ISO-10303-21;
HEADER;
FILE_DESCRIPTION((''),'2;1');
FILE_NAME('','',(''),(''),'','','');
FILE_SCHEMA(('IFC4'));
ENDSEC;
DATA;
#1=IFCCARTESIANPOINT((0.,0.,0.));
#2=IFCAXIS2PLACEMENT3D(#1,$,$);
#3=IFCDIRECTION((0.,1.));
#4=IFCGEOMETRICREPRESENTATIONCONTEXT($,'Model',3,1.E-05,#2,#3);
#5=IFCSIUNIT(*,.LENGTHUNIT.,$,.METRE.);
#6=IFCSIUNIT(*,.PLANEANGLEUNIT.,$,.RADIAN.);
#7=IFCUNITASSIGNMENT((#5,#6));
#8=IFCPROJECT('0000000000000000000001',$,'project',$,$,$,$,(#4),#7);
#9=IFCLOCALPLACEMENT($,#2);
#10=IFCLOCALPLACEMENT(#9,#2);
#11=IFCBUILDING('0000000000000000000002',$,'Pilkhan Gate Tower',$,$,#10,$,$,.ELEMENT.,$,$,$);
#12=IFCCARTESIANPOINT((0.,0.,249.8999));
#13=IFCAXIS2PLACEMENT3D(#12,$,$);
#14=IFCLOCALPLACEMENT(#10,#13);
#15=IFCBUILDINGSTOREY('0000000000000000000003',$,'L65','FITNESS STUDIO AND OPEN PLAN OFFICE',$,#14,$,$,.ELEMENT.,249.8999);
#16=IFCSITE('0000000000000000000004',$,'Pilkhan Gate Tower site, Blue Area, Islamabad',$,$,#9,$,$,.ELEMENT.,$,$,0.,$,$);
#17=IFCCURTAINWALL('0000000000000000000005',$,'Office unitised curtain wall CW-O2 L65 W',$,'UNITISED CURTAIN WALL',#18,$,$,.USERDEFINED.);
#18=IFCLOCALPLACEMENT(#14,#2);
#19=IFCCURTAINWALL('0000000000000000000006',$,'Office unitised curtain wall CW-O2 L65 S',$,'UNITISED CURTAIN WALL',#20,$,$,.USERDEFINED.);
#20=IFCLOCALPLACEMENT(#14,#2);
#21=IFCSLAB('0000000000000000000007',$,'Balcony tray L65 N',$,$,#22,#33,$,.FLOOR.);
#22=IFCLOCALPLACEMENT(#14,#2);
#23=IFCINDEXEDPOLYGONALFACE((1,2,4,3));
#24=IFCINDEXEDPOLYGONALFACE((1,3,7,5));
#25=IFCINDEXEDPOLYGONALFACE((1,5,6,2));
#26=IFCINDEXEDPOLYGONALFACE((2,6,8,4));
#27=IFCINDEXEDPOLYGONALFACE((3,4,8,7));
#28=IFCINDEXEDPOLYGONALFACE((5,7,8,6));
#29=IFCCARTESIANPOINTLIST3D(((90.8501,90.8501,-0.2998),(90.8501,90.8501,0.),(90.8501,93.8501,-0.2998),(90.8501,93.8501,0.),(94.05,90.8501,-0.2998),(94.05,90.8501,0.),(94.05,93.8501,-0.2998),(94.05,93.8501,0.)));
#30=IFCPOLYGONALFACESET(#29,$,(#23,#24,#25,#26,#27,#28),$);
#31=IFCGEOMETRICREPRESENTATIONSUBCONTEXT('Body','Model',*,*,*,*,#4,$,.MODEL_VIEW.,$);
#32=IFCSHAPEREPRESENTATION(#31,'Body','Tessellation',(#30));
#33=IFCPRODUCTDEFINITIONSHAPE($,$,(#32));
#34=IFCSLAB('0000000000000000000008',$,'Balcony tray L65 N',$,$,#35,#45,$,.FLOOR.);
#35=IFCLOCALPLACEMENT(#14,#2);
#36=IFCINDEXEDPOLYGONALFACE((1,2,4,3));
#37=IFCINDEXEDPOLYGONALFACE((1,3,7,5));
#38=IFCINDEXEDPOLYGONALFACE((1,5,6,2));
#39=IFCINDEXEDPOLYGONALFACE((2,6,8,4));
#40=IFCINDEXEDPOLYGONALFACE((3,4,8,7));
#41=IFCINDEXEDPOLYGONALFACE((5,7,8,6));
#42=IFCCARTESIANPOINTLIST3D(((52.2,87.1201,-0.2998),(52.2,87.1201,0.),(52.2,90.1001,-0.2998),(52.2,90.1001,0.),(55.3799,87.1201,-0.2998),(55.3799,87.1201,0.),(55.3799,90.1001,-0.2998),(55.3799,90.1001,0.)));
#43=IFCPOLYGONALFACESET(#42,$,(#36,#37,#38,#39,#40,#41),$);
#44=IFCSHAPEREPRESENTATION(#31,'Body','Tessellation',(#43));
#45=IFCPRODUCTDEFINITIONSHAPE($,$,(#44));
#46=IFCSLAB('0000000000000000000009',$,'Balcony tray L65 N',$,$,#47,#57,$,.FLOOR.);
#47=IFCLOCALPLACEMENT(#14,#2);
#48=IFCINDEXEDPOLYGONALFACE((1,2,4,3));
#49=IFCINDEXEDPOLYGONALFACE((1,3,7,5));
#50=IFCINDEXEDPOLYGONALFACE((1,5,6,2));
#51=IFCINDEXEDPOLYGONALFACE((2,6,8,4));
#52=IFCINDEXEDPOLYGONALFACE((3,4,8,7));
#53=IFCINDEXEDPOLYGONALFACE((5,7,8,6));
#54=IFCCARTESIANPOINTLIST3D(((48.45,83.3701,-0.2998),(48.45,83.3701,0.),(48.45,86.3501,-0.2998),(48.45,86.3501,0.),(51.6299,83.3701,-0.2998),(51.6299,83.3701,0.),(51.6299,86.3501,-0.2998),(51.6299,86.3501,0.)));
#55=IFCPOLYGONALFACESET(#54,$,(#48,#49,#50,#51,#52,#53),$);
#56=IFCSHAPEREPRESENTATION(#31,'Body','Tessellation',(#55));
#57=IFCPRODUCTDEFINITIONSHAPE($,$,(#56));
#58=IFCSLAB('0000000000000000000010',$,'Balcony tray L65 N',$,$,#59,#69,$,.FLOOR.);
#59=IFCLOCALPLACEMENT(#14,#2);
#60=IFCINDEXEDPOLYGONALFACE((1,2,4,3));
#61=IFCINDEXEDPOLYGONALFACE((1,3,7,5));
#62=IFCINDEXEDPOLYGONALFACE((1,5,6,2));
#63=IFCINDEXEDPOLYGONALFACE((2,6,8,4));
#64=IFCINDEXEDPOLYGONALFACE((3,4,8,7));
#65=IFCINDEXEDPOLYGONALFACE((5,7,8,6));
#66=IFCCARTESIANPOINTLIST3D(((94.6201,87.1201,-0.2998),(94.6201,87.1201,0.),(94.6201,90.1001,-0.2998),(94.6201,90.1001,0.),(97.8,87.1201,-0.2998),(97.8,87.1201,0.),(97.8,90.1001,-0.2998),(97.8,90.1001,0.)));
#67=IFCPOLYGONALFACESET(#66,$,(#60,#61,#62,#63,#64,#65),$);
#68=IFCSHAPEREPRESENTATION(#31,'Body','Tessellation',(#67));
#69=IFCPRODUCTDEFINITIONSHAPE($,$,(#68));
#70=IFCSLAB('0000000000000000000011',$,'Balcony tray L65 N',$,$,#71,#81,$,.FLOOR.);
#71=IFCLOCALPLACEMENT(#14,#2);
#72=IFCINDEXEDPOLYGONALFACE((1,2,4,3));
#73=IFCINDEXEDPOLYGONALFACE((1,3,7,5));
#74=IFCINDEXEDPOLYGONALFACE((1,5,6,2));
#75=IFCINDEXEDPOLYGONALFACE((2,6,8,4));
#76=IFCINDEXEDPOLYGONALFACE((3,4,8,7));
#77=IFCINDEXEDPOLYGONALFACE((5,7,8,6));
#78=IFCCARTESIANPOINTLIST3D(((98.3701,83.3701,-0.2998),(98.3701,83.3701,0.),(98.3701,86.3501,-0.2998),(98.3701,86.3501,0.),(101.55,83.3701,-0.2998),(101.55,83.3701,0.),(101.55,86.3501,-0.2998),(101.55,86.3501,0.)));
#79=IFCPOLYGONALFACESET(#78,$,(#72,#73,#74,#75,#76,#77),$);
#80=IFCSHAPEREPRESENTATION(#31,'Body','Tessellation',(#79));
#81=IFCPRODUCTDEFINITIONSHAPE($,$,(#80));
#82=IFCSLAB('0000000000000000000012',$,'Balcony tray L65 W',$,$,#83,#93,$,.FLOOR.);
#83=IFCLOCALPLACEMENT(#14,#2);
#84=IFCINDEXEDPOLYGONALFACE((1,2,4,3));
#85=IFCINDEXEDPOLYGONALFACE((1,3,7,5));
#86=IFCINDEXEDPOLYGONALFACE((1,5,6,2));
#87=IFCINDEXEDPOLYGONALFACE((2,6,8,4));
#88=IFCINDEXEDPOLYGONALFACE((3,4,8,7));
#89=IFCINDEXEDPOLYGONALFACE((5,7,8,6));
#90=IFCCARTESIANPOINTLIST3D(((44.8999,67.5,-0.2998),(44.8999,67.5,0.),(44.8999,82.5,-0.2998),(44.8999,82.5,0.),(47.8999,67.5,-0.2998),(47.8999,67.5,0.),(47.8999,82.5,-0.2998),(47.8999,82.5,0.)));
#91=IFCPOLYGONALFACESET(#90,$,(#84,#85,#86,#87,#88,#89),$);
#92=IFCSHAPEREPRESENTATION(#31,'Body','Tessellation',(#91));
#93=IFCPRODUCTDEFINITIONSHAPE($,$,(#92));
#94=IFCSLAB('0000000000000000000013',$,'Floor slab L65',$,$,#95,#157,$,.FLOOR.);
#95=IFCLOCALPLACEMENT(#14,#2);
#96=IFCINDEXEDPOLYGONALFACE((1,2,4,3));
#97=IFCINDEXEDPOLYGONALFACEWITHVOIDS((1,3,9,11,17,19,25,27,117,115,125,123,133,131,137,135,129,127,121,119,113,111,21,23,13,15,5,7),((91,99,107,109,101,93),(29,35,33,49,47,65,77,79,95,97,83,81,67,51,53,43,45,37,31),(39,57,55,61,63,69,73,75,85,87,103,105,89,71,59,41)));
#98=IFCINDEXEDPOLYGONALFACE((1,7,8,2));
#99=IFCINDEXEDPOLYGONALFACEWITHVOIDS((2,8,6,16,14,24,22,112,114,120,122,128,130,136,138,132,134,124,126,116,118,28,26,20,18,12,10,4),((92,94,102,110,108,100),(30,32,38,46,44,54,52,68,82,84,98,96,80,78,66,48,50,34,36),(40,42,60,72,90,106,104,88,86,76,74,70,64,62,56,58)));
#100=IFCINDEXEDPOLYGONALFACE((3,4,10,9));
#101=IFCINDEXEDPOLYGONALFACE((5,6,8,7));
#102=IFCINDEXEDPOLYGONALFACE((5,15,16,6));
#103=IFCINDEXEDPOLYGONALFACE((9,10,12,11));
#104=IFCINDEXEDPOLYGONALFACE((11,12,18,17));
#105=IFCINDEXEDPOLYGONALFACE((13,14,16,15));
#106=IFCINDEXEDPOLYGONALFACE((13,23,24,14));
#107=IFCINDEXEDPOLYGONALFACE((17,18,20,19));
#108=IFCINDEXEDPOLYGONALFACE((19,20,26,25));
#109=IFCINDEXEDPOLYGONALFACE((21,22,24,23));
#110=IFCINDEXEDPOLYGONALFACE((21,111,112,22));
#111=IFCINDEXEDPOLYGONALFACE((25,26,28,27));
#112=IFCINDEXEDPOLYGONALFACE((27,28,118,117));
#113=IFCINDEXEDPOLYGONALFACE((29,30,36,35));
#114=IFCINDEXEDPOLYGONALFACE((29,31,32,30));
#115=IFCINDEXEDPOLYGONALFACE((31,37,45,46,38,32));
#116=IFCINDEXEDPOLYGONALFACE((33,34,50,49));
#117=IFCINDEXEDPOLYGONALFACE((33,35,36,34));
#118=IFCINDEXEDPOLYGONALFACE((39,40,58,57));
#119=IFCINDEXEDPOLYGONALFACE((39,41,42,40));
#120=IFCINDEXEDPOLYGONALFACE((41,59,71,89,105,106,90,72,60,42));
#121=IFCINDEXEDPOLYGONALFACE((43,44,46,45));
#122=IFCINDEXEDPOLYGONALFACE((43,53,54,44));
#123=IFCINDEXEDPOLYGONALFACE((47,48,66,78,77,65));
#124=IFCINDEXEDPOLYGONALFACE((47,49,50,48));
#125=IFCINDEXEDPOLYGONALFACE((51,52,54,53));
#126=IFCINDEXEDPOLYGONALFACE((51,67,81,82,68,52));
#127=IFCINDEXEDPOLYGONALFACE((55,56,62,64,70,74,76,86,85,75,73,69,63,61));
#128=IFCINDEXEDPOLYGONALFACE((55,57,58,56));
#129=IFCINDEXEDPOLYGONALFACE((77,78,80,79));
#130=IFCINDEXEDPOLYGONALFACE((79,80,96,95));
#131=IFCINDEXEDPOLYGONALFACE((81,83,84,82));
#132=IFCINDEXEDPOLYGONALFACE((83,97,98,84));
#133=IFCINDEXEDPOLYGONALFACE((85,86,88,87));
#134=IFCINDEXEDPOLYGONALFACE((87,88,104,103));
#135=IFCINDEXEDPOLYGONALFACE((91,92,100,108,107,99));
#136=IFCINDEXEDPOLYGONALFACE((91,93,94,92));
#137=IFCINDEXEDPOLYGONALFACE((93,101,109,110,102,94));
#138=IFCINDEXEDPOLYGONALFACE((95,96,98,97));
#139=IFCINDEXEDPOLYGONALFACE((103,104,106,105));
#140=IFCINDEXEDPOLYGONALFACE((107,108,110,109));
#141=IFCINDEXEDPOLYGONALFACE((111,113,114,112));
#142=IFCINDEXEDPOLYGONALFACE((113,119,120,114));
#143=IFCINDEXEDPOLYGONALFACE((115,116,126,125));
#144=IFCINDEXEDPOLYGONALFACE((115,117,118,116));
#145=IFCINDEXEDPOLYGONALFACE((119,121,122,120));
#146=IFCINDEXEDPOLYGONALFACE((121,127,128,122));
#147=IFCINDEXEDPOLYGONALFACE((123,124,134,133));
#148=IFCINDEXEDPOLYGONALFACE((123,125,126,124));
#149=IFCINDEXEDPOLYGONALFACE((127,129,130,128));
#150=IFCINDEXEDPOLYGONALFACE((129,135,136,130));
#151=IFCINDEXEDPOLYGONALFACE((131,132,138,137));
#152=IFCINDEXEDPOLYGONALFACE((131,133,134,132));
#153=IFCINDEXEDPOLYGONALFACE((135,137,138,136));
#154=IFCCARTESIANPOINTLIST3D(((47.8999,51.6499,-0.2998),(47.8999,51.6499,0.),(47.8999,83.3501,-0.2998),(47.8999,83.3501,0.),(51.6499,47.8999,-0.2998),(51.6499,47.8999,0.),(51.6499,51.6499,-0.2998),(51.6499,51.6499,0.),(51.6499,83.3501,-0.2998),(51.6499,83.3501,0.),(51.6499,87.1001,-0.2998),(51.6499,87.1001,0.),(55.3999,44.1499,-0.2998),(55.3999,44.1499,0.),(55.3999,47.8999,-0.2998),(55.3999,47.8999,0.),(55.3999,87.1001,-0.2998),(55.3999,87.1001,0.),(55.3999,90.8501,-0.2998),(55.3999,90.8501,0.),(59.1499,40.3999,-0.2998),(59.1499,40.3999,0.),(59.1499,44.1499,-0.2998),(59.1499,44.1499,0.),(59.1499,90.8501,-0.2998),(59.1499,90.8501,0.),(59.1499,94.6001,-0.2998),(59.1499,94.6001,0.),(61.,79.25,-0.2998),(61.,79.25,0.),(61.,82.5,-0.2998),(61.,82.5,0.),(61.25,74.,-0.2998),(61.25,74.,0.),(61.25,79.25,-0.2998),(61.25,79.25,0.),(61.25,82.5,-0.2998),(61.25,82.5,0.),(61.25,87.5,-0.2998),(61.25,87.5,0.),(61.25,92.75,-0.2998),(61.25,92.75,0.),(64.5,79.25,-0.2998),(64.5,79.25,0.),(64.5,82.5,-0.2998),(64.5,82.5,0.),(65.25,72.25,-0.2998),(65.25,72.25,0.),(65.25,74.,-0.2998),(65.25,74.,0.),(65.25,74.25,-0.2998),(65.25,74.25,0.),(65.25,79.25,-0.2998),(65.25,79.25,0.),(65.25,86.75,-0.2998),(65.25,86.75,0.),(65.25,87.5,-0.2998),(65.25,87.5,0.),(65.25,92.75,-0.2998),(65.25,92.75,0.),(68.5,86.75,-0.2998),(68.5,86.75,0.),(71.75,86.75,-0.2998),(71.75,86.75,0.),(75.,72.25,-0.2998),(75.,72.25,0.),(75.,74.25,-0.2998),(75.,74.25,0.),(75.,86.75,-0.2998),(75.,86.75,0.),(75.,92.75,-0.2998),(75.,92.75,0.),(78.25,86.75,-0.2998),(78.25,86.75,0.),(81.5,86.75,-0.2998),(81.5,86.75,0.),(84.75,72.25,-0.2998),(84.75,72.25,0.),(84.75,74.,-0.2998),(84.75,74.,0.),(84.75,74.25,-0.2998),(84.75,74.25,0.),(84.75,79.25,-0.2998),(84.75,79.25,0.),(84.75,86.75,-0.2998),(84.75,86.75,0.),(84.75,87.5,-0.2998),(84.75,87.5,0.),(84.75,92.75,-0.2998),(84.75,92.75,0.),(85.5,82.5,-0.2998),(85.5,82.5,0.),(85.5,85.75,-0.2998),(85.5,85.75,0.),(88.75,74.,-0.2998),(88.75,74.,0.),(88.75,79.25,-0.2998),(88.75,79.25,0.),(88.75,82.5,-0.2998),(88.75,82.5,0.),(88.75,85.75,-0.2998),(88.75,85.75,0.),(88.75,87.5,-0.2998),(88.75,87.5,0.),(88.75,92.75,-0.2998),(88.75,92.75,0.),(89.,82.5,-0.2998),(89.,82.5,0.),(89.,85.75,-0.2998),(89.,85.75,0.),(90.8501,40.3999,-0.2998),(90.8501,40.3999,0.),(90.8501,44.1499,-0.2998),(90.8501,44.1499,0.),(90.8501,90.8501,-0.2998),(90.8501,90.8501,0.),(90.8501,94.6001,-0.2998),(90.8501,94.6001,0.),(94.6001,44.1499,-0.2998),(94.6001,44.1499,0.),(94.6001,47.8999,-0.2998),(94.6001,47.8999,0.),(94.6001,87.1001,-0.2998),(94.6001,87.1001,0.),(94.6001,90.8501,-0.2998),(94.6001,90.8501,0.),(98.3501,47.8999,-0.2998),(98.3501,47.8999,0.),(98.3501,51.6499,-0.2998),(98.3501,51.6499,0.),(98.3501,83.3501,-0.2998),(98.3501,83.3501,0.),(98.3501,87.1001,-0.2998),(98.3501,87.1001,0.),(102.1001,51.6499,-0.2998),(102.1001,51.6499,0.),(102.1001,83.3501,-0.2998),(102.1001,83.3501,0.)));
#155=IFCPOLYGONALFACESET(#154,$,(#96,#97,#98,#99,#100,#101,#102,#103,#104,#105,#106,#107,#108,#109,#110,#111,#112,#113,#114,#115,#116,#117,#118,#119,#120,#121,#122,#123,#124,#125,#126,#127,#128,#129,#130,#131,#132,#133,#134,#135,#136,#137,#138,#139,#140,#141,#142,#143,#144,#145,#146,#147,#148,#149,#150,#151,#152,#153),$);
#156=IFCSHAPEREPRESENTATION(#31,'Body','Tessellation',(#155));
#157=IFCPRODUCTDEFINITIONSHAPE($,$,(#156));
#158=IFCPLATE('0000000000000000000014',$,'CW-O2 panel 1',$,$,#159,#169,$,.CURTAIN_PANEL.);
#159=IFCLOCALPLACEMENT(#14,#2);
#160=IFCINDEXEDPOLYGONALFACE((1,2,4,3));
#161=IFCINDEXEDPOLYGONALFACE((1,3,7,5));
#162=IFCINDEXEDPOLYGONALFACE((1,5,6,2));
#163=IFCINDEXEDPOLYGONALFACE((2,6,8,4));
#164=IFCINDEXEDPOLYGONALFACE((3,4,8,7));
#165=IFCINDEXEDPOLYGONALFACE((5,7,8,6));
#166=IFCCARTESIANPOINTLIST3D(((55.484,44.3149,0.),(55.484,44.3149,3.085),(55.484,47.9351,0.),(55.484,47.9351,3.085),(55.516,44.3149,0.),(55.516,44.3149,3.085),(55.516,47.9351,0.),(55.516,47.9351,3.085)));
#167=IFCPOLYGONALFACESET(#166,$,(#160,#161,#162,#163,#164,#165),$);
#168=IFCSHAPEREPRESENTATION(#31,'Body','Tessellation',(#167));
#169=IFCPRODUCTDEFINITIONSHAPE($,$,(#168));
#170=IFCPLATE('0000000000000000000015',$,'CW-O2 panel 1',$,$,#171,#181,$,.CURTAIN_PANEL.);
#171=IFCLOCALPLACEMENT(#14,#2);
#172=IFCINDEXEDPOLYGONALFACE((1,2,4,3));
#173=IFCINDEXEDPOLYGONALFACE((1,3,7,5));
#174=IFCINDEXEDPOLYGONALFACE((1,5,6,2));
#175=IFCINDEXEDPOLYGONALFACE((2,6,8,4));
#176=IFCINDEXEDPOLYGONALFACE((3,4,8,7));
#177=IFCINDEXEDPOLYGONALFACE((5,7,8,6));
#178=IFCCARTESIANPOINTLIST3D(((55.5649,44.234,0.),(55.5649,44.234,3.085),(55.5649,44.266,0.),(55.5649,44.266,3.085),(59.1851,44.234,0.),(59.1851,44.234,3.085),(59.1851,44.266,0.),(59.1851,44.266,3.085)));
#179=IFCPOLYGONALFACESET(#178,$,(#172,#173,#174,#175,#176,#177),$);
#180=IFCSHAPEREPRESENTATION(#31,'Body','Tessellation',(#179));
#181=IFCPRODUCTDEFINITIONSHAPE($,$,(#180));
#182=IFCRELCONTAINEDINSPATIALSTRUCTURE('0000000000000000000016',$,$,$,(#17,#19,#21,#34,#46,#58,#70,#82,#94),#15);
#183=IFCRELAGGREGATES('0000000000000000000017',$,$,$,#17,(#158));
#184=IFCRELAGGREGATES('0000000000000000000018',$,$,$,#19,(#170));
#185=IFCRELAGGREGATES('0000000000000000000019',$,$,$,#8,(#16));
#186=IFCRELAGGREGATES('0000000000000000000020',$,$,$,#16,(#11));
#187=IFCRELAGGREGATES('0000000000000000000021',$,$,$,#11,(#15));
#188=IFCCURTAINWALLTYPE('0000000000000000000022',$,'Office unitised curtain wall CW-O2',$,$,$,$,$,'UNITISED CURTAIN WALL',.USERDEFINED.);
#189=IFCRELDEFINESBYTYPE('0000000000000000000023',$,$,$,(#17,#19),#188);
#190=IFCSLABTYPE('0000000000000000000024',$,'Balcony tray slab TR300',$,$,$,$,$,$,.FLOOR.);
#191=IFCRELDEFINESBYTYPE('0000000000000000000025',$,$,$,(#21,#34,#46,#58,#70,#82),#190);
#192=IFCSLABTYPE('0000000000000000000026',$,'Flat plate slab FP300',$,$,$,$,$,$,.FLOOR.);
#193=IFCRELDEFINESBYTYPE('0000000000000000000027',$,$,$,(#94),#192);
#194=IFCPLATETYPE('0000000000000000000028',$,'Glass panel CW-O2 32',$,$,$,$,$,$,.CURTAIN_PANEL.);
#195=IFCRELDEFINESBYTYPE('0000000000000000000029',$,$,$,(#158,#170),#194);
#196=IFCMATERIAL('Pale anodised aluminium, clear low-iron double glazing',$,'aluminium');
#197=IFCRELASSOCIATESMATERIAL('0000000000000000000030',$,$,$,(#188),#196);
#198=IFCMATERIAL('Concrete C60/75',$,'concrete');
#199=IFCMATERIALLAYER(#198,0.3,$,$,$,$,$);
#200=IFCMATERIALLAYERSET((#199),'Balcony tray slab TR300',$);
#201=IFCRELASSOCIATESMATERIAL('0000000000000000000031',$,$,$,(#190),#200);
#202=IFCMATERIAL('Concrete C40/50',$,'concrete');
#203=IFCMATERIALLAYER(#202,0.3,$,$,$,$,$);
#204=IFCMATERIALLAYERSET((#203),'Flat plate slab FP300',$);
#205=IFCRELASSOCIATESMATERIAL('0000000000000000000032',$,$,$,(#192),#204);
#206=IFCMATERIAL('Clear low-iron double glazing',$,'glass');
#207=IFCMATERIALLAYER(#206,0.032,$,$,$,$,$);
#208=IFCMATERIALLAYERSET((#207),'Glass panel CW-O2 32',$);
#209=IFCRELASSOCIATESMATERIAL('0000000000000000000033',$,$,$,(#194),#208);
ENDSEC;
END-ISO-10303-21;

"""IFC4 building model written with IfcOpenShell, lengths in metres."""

from ifc_helpers import new_model, si_unit, direction, frame, origin, origin_2d, place, context, subcontext, project, spatial, polyline, rectangle, outline, extrude, material, layer, layer_set, type_object, element, aggregate, save


model = new_model("IFC4")

# Units and contexts
model_context = context("Model", 3, precision=1e-05, world=origin(), true_north=direction((0.0, 1.0)))
body_context = subcontext(model_context, "Body", "Model", "MODEL_VIEW")
ifc_project = project(units=[si_unit("LENGTHUNIT", "METRE"), si_unit("PLANEANGLEUNIT", "RADIAN")], contexts=[model_context])

# Site, building, storey
site_placement = place(None, origin())
site = spatial("IfcSite", under=ifc_project, at=site_placement, Name="Pilkhan Gate Tower site, Blue Area, Islamabad", CompositionType="ELEMENT", RefElevation=0.0)
building_placement = place(site_placement, origin())
building = spatial("IfcBuilding", under=site, at=building_placement, Name="Pilkhan Gate Tower", CompositionType="ELEMENT")
storey_placement = place(building_placement, frame((0.0, 0.0, 249.8999)))
storey = spatial("IfcBuildingStorey", under=building, at=storey_placement, Name="L65", Description="FITNESS STUDIO AND OPEN PLAN OFFICE", CompositionType="ELEMENT", Elevation=249.8999)

# Curtain walls
ifc_material_1 = material(Name="Pale anodised aluminium, clear low-iron double glazing", Category="aluminium")
curtain_wall_type = type_object("IfcCurtainWallType", Name="Office unitised curtain wall CW-O2", ElementType="UNITISED CURTAIN WALL", PredefinedType="USERDEFINED", material=ifc_material_1)
curtain_wall_1_placement = place(storey_placement, origin())
curtain_wall_1 = element("IfcCurtainWall", 1, at=curtain_wall_1_placement, inside=storey, type_object=curtain_wall_type, Name="Office unitised curtain wall CW-O2 L65 W", ObjectType="UNITISED CURTAIN WALL", PredefinedType="USERDEFINED")
curtain_wall_2_placement = place(storey_placement, origin())
curtain_wall_2 = element("IfcCurtainWall", 2, at=curtain_wall_2_placement, inside=storey, type_object=curtain_wall_type, Name="Office unitised curtain wall CW-O2 L65 S", ObjectType="UNITISED CURTAIN WALL", PredefinedType="USERDEFINED")

# Slabs
ifc_material_2 = material(Name="Concrete C60/75", Category="concrete")
ifc_layer_1 = layer(ifc_material_2, 0.3)
ifc_layer_set_1 = layer_set([ifc_layer_1], Name="Balcony tray slab TR300")
slab_type_1 = type_object("IfcSlabType", Name="Balcony tray slab TR300", PredefinedType="FLOOR", material=ifc_layer_set_1)
slab_1_placement = place(storey_placement, frame((0.0, 0.0, -0.2998)))
element("IfcSlab", 3, at=slab_1_placement, inside=storey, type_object=slab_type_1, Name="Balcony tray L65 N", PredefinedType="FLOOR", context=body_context, shape_type="SweptSolid", body=[
    extrude(outline(polyline([(94.05, 90.8501), (94.05, 93.8501), (90.8501, 93.8501), (90.8501, 90.8501), (94.05, 90.8501)])), origin(), (0.0, 0.0, 1.0), 0.2998),
])
slab_2_placement = place(storey_placement, frame((0.0, 0.0, -0.2998)))
element("IfcSlab", 4, at=slab_2_placement, inside=storey, type_object=slab_type_1, Name="Balcony tray L65 N", PredefinedType="FLOOR", context=body_context, shape_type="SweptSolid", body=[
    extrude(outline(polyline([(55.3799, 87.1201), (55.3799, 90.1001), (52.2, 90.1001), (52.2, 87.1201), (55.3799, 87.1201)])), origin(), (0.0, 0.0, 1.0), 0.2998),
])
slab_3_placement = place(storey_placement, frame((0.0, 0.0, -0.2998)))
element("IfcSlab", 5, at=slab_3_placement, inside=storey, type_object=slab_type_1, Name="Balcony tray L65 N", PredefinedType="FLOOR", context=body_context, shape_type="SweptSolid", body=[
    extrude(outline(polyline([(51.6299, 83.3701), (51.6299, 86.3501), (48.45, 86.3501), (48.45, 83.3701), (51.6299, 83.3701)])), origin(), (0.0, 0.0, 1.0), 0.2998),
])
slab_4_placement = place(storey_placement, frame((0.0, 0.0, -0.2998)))
element("IfcSlab", 6, at=slab_4_placement, inside=storey, type_object=slab_type_1, Name="Balcony tray L65 N", PredefinedType="FLOOR", context=body_context, shape_type="SweptSolid", body=[
    extrude(outline(polyline([(97.8, 87.1201), (97.8, 90.1001), (94.6201, 90.1001), (94.6201, 87.1201), (97.8, 87.1201)])), origin(), (0.0, 0.0, 1.0), 0.2998),
])
slab_5_placement = place(storey_placement, frame((0.0, 0.0, -0.2998)))
element("IfcSlab", 7, at=slab_5_placement, inside=storey, type_object=slab_type_1, Name="Balcony tray L65 N", PredefinedType="FLOOR", context=body_context, shape_type="SweptSolid", body=[
    extrude(outline(polyline([(101.55, 83.3701), (101.55, 86.3501), (98.3701, 86.3501), (98.3701, 83.3701), (101.55, 83.3701)])), origin(), (0.0, 0.0, 1.0), 0.2998),
])
slab_6_placement = place(storey_placement, frame((0.0, 0.0, -0.2998)))
element("IfcSlab", 8, at=slab_6_placement, inside=storey, type_object=slab_type_1, Name="Balcony tray L65 W", PredefinedType="FLOOR", context=body_context, shape_type="SweptSolid", body=[
    extrude(outline(polyline([(47.8999, 67.5), (47.8999, 82.5), (44.8999, 82.5), (44.8999, 67.5), (47.8999, 67.5)])), origin(), (0.0, 0.0, 1.0), 0.2998),
])
ifc_material_3 = material(Name="Concrete C40/50", Category="concrete")
ifc_layer_2 = layer(ifc_material_3, 0.3)
ifc_layer_set_2 = layer_set([ifc_layer_2], Name="Flat plate slab FP300")
slab_type_2 = type_object("IfcSlabType", Name="Flat plate slab FP300", PredefinedType="FLOOR", material=ifc_layer_set_2)
slab_7_placement = place(storey_placement, frame((0.0, 0.0, -0.2998)))
element("IfcSlab", 9, at=slab_7_placement, inside=storey, type_object=slab_type_2, Name="Floor slab L65", PredefinedType="FLOOR", context=body_context, shape_type="SweptSolid", body=[
    extrude(outline(polyline([(98.3501, 47.8999), (94.6001, 47.8999), (94.6001, 44.1499), (90.8501, 44.1499), (90.8501, 40.3999), (59.1499, 40.3999), (59.1499, 44.1499), (55.3999, 44.1499), (55.3999, 47.8999), (51.6499, 47.8999), (51.6499, 51.6499), (47.8999, 51.6499), (47.8999, 83.3501), (51.6499, 83.3501), (51.6499, 87.1001), (55.3999, 87.1001), (55.3999, 90.8501), (59.1499, 90.8501), (59.1499, 94.6001), (90.8501, 94.6001), (90.8501, 90.8501), (94.6001, 90.8501), (94.6001, 87.1001), (98.3501, 87.1001), (98.3501, 83.3501), (102.1001, 83.3501), (102.1001, 51.6499), (98.3501, 51.6499), (98.3501, 47.8999)]), holes=[polyline([(75.0, 72.25), (84.75, 72.25), (84.75, 74.0), (88.75, 74.0), (88.75, 79.25), (84.75, 79.25), (84.75, 74.25), (75.0, 74.25), (65.25, 74.25), (65.25, 79.25), (64.5, 79.25), (64.5, 82.5), (61.25, 82.5), (61.0, 82.5), (61.0, 79.25), (61.25, 79.25), (61.25, 74.0), (65.25, 74.0), (65.25, 72.25), (75.0, 72.25)]), polyline([(68.5, 86.75), (71.75, 86.75), (75.0, 86.75), (78.25, 86.75), (81.5, 86.75), (84.75, 86.75), (84.75, 87.5), (88.75, 87.5), (88.75, 92.75), (84.75, 92.75), (75.0, 92.75), (65.25, 92.75), (61.25, 92.75), (61.25, 87.5), (65.25, 87.5), (65.25, 86.75), (68.5, 86.75)]), polyline([(85.5, 85.75), (85.5, 82.5), (88.75, 82.5), (89.0, 82.5), (89.0, 85.75), (88.75, 85.75), (85.5, 85.75)])]), origin(), (0.0, 0.0, 1.0), 0.2998),
])

# Plates
ifc_material_4 = material(Name="Clear low-iron double glazing", Category="glass")
ifc_layer_3 = layer(ifc_material_4, 0.032)
ifc_layer_set_3 = layer_set([ifc_layer_3], Name="Glass panel CW-O2 32")
plate_type = type_object("IfcPlateType", Name="Glass panel CW-O2 32", PredefinedType="CURTAIN_PANEL", material=ifc_layer_set_3)
plate_1_placement = place(storey_placement, frame((55.5, 46.125, 0.0), z_axis=(0.0, 0.0, 1.0), x_axis=(0.0, 1.0, 0.0)))
plate_1 = element("IfcPlate", 10, at=plate_1_placement, type_object=plate_type, Name="CW-O2 panel 1", PredefinedType="CURTAIN_PANEL", context=body_context, shape_type="SweptSolid", body=[
    extrude(rectangle(XDim=3.6201, YDim=0.032, at=origin_2d()), origin(), (0.0, 0.0, 1.0), 3.085),
])
aggregate(curtain_wall_1, [plate_1])
plate_2_placement = place(storey_placement, frame((57.375, 44.25, 0.0), z_axis=(0.0, 0.0, 1.0), x_axis=(1.0, 0.0, 0.0)))
plate_2 = element("IfcPlate", 11, at=plate_2_placement, type_object=plate_type, Name="CW-O2 panel 1", PredefinedType="CURTAIN_PANEL", context=body_context, shape_type="SweptSolid", body=[
    extrude(rectangle(XDim=3.6201, YDim=0.032, at=origin_2d()), origin(), (0.0, 0.0, 1.0), 3.085),
])
aggregate(curtain_wall_2, [plate_2])

save(model, "model.ifc")
